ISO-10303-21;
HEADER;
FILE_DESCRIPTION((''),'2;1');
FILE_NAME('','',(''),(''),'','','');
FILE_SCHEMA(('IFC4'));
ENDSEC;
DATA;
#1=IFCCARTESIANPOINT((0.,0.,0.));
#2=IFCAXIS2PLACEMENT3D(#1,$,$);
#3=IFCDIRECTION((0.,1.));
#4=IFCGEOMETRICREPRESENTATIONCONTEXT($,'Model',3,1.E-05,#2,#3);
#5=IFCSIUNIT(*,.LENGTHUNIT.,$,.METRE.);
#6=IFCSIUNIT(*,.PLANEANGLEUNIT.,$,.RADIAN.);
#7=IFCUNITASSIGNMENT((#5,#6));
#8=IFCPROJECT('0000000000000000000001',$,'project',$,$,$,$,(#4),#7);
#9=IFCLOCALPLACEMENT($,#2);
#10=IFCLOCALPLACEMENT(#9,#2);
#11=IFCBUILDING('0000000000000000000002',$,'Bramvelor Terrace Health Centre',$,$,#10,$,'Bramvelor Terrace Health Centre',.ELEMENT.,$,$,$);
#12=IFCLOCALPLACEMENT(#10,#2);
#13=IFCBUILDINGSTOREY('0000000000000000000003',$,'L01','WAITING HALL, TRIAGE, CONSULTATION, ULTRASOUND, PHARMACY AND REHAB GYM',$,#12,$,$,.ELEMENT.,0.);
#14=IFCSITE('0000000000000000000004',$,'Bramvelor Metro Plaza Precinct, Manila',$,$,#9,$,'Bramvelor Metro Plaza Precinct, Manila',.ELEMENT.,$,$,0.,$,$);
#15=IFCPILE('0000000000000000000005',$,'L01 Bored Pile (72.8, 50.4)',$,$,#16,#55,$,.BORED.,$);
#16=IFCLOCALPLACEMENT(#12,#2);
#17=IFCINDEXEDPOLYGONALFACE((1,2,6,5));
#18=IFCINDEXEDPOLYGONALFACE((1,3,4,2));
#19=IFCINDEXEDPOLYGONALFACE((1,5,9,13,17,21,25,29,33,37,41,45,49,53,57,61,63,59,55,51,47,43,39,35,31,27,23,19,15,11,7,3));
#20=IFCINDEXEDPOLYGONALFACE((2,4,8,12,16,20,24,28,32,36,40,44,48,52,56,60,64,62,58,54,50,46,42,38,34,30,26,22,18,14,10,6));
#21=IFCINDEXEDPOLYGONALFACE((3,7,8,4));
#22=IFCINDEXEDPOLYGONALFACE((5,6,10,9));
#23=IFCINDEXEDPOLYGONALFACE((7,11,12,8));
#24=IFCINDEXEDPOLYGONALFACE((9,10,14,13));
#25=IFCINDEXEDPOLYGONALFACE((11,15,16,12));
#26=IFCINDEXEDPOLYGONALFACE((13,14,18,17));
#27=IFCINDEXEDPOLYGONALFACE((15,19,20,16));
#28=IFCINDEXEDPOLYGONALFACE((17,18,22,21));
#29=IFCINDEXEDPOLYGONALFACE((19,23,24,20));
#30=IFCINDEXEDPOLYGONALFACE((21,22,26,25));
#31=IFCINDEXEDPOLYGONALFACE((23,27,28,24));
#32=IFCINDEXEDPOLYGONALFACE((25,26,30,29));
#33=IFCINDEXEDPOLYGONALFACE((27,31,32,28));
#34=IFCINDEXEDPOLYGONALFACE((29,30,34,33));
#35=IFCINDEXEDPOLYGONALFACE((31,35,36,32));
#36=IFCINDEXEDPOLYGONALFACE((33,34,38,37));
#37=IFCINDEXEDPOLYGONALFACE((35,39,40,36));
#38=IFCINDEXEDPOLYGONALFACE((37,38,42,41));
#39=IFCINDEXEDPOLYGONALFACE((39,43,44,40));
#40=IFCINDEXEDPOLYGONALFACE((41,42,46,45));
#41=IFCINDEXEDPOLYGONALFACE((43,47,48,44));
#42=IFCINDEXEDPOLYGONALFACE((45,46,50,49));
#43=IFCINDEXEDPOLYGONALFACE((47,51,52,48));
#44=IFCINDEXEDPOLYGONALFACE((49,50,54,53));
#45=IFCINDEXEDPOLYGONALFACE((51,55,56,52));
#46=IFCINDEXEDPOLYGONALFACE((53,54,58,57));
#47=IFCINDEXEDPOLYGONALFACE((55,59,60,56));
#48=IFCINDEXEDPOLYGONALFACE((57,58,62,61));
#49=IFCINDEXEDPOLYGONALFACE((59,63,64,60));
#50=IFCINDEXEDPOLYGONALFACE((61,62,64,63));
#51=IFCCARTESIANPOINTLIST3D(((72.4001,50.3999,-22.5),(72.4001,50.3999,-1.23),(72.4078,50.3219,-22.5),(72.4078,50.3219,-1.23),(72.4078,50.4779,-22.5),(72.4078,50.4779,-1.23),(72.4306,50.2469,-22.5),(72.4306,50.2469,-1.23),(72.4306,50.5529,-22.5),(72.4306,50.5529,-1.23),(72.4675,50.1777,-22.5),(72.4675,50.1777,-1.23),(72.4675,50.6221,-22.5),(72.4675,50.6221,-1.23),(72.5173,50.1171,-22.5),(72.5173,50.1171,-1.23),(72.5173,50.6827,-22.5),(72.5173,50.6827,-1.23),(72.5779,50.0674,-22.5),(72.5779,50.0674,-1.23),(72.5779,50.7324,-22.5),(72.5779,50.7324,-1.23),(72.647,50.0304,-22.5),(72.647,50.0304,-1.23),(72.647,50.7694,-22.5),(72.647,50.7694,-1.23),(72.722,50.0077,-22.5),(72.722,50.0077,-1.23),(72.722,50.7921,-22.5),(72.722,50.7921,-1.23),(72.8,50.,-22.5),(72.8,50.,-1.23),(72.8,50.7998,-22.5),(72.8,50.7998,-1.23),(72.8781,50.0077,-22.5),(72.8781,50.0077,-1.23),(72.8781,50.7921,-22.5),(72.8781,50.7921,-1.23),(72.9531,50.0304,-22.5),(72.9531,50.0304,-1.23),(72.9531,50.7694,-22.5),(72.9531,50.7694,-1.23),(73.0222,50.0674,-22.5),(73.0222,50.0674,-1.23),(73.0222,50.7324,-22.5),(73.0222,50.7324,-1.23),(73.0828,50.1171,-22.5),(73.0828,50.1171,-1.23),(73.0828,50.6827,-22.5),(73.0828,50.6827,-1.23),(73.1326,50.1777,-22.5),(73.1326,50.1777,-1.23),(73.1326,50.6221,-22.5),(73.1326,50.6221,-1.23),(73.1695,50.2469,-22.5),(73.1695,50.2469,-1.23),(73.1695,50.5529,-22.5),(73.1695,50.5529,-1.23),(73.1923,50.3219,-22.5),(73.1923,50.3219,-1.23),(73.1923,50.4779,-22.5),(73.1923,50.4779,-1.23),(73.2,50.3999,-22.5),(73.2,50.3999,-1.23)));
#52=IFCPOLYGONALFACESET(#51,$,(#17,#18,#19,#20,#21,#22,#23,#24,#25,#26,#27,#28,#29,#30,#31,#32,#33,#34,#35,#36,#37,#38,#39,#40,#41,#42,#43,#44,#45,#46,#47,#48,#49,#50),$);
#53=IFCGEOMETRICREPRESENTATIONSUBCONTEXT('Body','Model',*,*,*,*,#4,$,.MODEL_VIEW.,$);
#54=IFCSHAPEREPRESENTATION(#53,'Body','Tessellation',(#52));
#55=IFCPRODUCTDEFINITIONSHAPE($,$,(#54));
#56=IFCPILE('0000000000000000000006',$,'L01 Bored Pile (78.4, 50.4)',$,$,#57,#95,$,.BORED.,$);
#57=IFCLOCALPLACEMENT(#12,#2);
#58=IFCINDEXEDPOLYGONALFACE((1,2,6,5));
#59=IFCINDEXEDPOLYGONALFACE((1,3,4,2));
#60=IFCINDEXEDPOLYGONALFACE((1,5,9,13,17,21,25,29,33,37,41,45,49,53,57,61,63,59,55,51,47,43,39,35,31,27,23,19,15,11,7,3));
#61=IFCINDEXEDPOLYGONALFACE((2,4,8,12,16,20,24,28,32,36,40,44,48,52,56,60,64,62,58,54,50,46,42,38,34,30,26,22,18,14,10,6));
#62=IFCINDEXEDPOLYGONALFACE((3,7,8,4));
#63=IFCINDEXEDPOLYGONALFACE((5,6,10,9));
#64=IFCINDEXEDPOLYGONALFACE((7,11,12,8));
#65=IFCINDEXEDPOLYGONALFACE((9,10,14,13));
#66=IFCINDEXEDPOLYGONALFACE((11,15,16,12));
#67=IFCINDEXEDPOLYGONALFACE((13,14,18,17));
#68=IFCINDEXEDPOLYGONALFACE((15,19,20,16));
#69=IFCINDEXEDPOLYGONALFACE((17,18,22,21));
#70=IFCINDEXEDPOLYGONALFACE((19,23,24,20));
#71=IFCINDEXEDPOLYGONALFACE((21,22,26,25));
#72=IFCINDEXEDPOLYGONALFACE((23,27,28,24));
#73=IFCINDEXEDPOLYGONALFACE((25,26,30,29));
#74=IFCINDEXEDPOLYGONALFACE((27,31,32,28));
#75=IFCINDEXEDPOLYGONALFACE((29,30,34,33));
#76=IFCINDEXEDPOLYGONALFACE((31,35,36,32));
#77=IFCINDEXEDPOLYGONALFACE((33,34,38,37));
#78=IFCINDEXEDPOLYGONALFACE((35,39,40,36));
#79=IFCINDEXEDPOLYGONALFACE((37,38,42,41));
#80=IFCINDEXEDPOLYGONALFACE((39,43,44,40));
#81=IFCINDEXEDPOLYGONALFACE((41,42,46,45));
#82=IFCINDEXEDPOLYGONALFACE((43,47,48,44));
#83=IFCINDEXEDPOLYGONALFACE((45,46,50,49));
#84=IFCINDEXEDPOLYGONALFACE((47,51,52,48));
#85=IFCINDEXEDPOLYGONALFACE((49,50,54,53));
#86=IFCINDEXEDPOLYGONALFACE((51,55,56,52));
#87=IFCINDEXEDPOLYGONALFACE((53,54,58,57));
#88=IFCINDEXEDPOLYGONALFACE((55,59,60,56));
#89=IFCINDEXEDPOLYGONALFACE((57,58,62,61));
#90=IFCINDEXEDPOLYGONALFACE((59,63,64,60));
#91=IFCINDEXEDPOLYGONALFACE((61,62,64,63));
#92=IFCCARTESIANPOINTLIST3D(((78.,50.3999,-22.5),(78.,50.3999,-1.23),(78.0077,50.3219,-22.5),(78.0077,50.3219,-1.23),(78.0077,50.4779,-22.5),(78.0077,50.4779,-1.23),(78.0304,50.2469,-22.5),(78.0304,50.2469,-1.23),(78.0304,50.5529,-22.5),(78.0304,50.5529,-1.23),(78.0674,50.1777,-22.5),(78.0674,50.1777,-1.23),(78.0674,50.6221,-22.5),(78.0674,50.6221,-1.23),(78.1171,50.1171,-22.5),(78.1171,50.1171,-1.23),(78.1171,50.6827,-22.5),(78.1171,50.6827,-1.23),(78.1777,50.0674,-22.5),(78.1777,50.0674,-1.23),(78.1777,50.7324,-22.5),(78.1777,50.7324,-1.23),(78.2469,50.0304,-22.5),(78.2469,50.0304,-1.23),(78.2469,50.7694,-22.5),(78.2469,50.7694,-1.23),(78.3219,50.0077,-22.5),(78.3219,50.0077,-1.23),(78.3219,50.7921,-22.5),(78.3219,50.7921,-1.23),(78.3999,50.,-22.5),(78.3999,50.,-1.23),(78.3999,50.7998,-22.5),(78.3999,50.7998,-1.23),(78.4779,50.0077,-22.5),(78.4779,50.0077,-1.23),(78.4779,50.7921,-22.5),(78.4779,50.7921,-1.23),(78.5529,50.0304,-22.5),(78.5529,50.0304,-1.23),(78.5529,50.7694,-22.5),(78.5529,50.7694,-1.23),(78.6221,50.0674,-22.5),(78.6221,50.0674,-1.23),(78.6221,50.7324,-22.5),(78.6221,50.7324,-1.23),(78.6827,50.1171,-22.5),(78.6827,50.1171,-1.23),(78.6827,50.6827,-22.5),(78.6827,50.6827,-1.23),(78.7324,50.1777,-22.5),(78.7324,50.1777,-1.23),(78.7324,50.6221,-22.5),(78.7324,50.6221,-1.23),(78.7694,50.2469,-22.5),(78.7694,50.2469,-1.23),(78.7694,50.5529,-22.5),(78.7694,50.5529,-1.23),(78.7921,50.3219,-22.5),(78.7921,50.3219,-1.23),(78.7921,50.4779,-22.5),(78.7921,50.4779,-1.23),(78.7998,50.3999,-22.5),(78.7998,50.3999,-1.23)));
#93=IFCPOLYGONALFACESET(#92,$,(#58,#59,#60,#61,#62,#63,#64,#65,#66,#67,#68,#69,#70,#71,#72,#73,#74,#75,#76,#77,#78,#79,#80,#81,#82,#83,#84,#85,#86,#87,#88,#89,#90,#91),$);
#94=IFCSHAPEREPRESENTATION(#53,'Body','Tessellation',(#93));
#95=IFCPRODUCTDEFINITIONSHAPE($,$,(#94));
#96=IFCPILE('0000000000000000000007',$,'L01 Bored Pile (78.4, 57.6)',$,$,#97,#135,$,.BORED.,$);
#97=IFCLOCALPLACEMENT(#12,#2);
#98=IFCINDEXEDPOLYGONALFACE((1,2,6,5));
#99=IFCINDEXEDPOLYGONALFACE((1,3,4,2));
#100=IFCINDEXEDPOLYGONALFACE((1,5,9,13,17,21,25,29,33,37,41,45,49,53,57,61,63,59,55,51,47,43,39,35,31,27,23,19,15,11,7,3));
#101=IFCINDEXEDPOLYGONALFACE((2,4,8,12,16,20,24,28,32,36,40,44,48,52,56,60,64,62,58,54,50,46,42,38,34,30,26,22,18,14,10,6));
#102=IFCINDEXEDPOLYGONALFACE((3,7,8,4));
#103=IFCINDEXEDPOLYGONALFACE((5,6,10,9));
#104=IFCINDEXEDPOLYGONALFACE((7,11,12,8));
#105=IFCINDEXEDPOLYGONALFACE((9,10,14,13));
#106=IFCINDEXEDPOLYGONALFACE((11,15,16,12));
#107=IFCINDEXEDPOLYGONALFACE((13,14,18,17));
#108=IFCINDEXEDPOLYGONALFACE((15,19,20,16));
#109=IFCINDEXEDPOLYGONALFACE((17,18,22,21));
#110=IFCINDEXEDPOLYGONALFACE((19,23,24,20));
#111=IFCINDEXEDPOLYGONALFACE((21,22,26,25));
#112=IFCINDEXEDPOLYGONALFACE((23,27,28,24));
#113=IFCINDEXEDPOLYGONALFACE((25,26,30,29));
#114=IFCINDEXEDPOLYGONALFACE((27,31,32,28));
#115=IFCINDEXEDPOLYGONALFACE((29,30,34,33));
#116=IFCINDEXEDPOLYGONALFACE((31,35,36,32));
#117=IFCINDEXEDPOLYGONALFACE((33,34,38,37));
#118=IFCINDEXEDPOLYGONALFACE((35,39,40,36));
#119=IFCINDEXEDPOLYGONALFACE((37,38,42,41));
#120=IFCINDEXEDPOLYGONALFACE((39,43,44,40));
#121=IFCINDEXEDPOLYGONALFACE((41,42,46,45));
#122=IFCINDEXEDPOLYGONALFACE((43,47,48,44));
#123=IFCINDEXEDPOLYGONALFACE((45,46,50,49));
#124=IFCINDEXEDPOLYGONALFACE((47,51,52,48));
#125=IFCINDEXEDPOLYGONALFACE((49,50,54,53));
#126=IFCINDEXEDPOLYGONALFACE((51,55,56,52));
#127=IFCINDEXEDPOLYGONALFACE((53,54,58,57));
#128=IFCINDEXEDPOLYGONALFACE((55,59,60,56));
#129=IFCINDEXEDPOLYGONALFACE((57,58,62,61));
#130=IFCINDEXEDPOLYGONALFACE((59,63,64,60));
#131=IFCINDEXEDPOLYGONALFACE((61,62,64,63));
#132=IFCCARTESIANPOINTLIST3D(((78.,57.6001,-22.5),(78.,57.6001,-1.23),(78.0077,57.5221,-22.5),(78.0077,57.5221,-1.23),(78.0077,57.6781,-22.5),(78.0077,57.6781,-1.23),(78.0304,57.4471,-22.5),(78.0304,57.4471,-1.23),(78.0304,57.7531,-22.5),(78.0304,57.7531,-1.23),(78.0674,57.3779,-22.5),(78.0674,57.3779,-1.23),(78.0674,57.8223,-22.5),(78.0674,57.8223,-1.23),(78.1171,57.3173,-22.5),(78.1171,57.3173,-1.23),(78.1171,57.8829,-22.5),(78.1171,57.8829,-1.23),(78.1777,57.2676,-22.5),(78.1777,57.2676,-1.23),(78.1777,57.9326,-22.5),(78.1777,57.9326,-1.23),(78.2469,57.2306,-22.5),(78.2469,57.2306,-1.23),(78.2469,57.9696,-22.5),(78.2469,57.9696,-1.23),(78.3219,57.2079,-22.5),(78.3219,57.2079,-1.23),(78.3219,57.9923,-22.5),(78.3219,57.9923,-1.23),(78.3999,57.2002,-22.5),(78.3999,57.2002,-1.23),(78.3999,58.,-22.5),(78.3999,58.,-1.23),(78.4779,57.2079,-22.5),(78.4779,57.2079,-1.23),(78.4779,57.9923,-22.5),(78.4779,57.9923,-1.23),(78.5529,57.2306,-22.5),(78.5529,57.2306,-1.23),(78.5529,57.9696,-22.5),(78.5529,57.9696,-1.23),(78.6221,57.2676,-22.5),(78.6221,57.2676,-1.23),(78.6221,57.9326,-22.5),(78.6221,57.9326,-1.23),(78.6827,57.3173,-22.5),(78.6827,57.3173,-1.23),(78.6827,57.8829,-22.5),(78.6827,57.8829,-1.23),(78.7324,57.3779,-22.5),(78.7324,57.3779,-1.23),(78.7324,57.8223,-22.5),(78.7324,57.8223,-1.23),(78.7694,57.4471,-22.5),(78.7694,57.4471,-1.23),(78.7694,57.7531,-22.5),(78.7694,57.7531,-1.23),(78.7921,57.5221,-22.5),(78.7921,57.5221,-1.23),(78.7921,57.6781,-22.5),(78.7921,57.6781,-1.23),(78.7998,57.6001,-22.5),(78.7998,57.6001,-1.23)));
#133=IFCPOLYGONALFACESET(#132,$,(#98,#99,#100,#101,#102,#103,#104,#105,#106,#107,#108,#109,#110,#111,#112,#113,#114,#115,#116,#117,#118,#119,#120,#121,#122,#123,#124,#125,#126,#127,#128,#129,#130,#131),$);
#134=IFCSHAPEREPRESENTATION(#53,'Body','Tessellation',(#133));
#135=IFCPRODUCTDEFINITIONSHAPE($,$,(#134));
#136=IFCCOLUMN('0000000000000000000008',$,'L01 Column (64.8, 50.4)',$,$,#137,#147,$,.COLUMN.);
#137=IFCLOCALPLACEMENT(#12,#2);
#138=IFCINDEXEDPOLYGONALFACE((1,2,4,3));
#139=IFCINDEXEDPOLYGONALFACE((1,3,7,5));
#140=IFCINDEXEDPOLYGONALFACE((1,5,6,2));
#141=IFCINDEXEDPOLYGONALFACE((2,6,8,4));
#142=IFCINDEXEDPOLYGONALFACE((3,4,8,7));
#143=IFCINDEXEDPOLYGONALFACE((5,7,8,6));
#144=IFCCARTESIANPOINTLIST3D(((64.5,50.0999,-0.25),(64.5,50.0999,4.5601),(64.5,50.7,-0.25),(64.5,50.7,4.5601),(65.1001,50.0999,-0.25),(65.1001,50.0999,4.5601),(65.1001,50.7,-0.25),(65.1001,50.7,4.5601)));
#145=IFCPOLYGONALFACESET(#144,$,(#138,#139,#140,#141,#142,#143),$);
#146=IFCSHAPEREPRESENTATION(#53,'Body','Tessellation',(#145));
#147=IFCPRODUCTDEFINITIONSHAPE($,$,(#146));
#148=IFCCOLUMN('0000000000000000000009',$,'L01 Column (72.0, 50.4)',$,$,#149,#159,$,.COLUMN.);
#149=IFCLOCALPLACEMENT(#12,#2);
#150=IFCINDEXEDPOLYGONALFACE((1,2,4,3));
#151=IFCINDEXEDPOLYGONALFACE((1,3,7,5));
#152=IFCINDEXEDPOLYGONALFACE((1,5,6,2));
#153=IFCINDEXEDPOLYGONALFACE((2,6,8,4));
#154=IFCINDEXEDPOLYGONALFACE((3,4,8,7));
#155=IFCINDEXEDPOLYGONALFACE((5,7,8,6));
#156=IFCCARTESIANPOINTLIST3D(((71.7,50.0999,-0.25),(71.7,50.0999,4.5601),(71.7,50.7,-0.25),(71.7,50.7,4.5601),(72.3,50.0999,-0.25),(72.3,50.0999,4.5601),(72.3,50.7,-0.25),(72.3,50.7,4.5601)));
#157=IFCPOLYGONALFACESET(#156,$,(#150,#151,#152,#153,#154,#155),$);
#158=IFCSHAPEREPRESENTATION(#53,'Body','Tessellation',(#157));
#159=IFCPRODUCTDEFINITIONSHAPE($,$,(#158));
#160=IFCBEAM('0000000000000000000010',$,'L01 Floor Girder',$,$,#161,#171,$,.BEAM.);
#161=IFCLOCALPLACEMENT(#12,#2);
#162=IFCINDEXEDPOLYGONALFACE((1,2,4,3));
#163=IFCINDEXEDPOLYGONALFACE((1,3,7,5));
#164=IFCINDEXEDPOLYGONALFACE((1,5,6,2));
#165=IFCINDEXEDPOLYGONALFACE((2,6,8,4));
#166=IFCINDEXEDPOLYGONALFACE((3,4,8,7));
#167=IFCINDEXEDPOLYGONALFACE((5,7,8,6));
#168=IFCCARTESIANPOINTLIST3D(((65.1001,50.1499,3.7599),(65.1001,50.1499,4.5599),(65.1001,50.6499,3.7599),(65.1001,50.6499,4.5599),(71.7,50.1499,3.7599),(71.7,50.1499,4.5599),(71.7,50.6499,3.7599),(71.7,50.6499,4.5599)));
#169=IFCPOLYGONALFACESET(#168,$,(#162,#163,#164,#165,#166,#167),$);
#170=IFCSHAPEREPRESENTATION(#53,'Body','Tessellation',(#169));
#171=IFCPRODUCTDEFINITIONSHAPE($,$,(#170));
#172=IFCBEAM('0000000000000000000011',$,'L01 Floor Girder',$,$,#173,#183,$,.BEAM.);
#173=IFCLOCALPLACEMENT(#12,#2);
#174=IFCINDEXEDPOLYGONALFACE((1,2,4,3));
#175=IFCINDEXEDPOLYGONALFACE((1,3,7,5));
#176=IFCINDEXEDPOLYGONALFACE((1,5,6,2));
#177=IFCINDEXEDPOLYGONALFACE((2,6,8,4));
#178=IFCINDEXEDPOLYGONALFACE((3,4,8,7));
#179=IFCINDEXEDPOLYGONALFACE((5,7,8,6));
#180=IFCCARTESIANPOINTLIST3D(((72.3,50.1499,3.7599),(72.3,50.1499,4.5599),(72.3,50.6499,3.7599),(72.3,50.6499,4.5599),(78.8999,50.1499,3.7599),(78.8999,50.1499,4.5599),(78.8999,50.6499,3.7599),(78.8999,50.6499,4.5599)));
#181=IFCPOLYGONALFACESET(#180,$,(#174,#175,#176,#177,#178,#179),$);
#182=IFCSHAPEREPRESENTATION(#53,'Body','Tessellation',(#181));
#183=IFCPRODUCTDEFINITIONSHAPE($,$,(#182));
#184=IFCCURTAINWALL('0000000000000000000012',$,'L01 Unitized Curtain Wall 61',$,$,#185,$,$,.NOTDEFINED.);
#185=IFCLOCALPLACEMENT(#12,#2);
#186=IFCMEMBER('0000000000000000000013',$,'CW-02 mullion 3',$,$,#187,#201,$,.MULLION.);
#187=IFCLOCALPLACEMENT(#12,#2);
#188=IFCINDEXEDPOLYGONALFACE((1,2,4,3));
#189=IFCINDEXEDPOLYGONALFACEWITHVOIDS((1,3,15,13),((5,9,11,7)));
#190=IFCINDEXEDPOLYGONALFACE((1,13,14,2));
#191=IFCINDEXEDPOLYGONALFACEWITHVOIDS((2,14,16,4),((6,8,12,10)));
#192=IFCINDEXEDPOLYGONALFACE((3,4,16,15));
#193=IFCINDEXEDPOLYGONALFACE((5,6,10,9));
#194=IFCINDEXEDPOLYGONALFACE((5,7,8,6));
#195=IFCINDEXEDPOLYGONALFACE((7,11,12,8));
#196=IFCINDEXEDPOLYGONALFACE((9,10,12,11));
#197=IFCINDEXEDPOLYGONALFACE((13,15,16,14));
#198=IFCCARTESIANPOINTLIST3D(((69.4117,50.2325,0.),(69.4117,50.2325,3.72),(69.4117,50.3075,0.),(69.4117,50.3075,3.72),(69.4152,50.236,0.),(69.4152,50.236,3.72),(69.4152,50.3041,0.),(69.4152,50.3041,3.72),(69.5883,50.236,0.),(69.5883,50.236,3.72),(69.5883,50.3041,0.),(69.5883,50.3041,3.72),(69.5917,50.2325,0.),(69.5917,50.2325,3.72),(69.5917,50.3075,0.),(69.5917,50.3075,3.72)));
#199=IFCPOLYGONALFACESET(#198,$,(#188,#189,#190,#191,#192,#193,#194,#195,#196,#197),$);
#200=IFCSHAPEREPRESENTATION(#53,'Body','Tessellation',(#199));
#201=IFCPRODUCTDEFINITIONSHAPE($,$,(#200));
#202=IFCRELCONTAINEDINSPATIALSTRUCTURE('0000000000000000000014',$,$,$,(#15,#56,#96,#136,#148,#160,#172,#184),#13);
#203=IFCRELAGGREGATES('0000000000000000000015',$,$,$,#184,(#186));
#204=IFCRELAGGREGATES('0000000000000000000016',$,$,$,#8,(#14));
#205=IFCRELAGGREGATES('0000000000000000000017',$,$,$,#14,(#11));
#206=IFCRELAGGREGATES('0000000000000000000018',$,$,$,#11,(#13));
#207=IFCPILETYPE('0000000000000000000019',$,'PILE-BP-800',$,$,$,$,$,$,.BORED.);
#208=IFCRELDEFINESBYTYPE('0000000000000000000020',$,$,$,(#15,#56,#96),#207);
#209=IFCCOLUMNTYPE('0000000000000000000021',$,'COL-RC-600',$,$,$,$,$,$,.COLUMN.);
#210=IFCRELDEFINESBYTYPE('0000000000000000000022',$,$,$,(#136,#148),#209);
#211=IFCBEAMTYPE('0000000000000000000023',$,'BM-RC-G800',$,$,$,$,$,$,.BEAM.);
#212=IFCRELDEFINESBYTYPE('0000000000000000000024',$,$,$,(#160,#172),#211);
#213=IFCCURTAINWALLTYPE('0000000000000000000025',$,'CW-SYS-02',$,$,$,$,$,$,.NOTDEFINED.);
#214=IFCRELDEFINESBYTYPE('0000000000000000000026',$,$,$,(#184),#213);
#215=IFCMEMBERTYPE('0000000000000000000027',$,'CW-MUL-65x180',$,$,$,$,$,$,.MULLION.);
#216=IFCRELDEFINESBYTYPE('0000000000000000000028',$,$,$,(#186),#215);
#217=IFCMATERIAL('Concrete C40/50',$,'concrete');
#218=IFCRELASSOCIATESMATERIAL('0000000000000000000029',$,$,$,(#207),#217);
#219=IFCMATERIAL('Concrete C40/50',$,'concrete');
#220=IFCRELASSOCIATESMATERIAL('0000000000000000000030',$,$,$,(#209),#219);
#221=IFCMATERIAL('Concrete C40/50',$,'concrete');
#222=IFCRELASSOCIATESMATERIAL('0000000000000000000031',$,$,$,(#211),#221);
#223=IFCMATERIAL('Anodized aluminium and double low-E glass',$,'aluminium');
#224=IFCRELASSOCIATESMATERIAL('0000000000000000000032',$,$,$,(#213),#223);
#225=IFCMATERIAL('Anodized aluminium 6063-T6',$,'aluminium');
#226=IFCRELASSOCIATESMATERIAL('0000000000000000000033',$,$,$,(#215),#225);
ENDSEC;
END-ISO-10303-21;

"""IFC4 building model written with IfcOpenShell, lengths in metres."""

from ifc_helpers import new_model, si_unit, direction, frame, origin, origin_2d, place, context, subcontext, project, spatial, rectangle, hollow_rectangle, circle, extrude, material, material_profile, profile_set, type_object, element, aggregate, save


model = new_model("IFC4")

# Units and contexts
model_context = context("Model", 3, precision=1e-05, world=origin(), true_north=direction((0.0, 1.0)))
body_context = subcontext(model_context, "Body", "Model", "MODEL_VIEW")
ifc_project = project(units=[si_unit("LENGTHUNIT", "METRE"), si_unit("PLANEANGLEUNIT", "RADIAN")], contexts=[model_context])

# Site, building, storey
site_placement = place(None, origin())
site = spatial("IfcSite", under=ifc_project, at=site_placement, Name="Bramvelor Metro Plaza Precinct, Manila", LongName="Bramvelor Metro Plaza Precinct, Manila", CompositionType="ELEMENT", RefElevation=0.0)
building_placement = place(site_placement, origin())
building = spatial("IfcBuilding", under=site, at=building_placement, Name="Bramvelor Terrace Health Centre", LongName="Bramvelor Terrace Health Centre", CompositionType="ELEMENT")
storey_placement = place(building_placement, origin())
storey = spatial("IfcBuildingStorey", under=building, at=storey_placement, Name="L01", Description="WAITING HALL, TRIAGE, CONSULTATION, ULTRASOUND, PHARMACY AND REHAB GYM", CompositionType="ELEMENT", Elevation=0.0)

# Piles
ifc_material_1 = material(Name="Concrete C40/50", Category="concrete")
ifc_material_profile_1 = material_profile(ifc_material_1, circle(Radius=0.3999, at=origin_2d()), Name="BP D800")
ifc_profile_set_1 = profile_set([ifc_material_profile_1], Name="Concrete C40/50")
pile_type = type_object("IfcPileType", Name="PILE-BP-800", PredefinedType="BORED", material=ifc_profile_set_1)
for number, where, z_axis, x_axis, name in (
    (1, (72.8, 50.3999, -1.23), (0.0, 0.0, -1.0), (1.0, 0.0, 0.0), "L01 Bored Pile (72.8, 50.4)"),
    (2, (78.3999, 50.3999, -1.23), (0.0, 0.0, -1.0), (1.0, 0.0, 0.0), "L01 Bored Pile (78.4, 50.4)"),
    (3, (78.3999, 57.6001, -1.23), (0.0, 0.0, -1.0), (1.0, 0.0, 0.0), "L01 Bored Pile (78.4, 57.6)"),
):
    element("IfcPile", number, at=place(storey_placement, frame(where, z_axis=z_axis, x_axis=x_axis)), inside=storey, type_object=pile_type, Name=name, PredefinedType="BORED", context=body_context, shape_type="SweptSolid", body=[
        extrude(circle(Radius=0.3999, at=origin_2d()), origin(), (0.0, 0.0, 1.0), 21.27),
    ])

# Columns
ifc_material_2 = material(Name="Concrete C40/50", Category="concrete")
ifc_material_profile_2 = material_profile(ifc_material_2, rectangle(XDim=0.6001, YDim=0.6001, at=origin_2d()), Name="RC 600x600")
ifc_profile_set_2 = profile_set([ifc_material_profile_2], Name="Concrete C40/50")
column_type = type_object("IfcColumnType", Name="COL-RC-600", PredefinedType="COLUMN", material=ifc_profile_set_2)
for number, where, z_axis, x_axis, name in (
    (4, (64.8, 50.3999, -0.25), (0.0, 0.0, 1.0), (1.0, 0.0, 0.0), "L01 Column (64.8, 50.4)"),
    (5, (72.0, 50.3999, -0.25), (0.0, 0.0, 1.0), (1.0, 0.0, 0.0), "L01 Column (72.0, 50.4)"),
):
    element("IfcColumn", number, at=place(storey_placement, frame(where, z_axis=z_axis, x_axis=x_axis)), inside=storey, type_object=column_type, Name=name, PredefinedType="COLUMN", context=body_context, shape_type="SweptSolid", body=[
        extrude(rectangle(XDim=0.6001, YDim=0.6001, at=origin_2d()), origin(), (0.0, 0.0, 1.0), 4.8101),
    ])

# Beams
ifc_material_3 = material(Name="Concrete C40/50", Category="concrete")
ifc_material_profile_3 = material_profile(ifc_material_3, rectangle(XDim=0.5, YDim=0.8, at=origin_2d()), Name="RC 500x800")
ifc_profile_set_3 = profile_set([ifc_material_profile_3], Name="Concrete C40/50")
beam_type = type_object("IfcBeamType", Name="BM-RC-G800", PredefinedType="BEAM", material=ifc_profile_set_3)
for number, where, z_axis, x_axis, name in (
    (6, (65.1001, 50.3999, 4.1599), (1.0, 0.0, 0.0), (0.0, 1.0, 0.0), "L01 Floor Girder"),
    (7, (72.3, 50.3999, 4.1599), (1.0, 0.0, 0.0), (0.0, 1.0, 0.0), "L01 Floor Girder"),
):
    element("IfcBeam", number, at=place(storey_placement, frame(where, z_axis=z_axis, x_axis=x_axis)), inside=storey, type_object=beam_type, Name=name, PredefinedType="BEAM", context=body_context, shape_type="SweptSolid", body=[
        extrude(rectangle(XDim=0.5, YDim=0.8, at=origin_2d()), origin(), (0.0, 0.0, 1.0), 6.5999),
    ])

# Curtain wall, member
ifc_material_4 = material(Name="Anodized aluminium and double low-E glass", Category="aluminium")
curtain_wall_type = type_object("IfcCurtainWallType", Name="CW-SYS-02", PredefinedType="NOTDEFINED", material=ifc_material_4)
curtain_wall_placement = place(storey_placement, origin())
curtain_wall = element("IfcCurtainWall", 8, at=curtain_wall_placement, inside=storey, type_object=curtain_wall_type, Name="L01 Unitized Curtain Wall 61", PredefinedType="NOTDEFINED")
ifc_material_5 = material(Name="Anodized aluminium 6063-T6", Category="aluminium")
ifc_material_profile_4 = material_profile(ifc_material_5, hollow_rectangle(XDim=0.075, YDim=0.1799, WallThickness=0.0034, at=origin_2d()), Name="ALU-MUL 75x180x3.5")
ifc_profile_set_4 = profile_set([ifc_material_profile_4], Name="Anodized aluminium 6063-T6")
member_type_1 = type_object("IfcMemberType", Name="CW-MUL-65x180", PredefinedType="MULLION", material=ifc_profile_set_4)
member_1_placement = place(storey_placement, frame((69.5017, 50.27, 0.0), z_axis=(0.0, 0.0, 1.0), x_axis=(0.0, 1.0, 0.0)))
member_1 = element("IfcMember", 9, at=member_1_placement, type_object=member_type_1, Name="CW-02 mullion 3", PredefinedType="MULLION", context=body_context, shape_type="SweptSolid", body=[
    extrude(hollow_rectangle(XDim=0.075, YDim=0.1799, WallThickness=0.0034, at=origin_2d()), origin(), (0.0, 0.0, 1.0), 3.72),
])
aggregate(curtain_wall, [member_1])

save(model, "model.ifc")
